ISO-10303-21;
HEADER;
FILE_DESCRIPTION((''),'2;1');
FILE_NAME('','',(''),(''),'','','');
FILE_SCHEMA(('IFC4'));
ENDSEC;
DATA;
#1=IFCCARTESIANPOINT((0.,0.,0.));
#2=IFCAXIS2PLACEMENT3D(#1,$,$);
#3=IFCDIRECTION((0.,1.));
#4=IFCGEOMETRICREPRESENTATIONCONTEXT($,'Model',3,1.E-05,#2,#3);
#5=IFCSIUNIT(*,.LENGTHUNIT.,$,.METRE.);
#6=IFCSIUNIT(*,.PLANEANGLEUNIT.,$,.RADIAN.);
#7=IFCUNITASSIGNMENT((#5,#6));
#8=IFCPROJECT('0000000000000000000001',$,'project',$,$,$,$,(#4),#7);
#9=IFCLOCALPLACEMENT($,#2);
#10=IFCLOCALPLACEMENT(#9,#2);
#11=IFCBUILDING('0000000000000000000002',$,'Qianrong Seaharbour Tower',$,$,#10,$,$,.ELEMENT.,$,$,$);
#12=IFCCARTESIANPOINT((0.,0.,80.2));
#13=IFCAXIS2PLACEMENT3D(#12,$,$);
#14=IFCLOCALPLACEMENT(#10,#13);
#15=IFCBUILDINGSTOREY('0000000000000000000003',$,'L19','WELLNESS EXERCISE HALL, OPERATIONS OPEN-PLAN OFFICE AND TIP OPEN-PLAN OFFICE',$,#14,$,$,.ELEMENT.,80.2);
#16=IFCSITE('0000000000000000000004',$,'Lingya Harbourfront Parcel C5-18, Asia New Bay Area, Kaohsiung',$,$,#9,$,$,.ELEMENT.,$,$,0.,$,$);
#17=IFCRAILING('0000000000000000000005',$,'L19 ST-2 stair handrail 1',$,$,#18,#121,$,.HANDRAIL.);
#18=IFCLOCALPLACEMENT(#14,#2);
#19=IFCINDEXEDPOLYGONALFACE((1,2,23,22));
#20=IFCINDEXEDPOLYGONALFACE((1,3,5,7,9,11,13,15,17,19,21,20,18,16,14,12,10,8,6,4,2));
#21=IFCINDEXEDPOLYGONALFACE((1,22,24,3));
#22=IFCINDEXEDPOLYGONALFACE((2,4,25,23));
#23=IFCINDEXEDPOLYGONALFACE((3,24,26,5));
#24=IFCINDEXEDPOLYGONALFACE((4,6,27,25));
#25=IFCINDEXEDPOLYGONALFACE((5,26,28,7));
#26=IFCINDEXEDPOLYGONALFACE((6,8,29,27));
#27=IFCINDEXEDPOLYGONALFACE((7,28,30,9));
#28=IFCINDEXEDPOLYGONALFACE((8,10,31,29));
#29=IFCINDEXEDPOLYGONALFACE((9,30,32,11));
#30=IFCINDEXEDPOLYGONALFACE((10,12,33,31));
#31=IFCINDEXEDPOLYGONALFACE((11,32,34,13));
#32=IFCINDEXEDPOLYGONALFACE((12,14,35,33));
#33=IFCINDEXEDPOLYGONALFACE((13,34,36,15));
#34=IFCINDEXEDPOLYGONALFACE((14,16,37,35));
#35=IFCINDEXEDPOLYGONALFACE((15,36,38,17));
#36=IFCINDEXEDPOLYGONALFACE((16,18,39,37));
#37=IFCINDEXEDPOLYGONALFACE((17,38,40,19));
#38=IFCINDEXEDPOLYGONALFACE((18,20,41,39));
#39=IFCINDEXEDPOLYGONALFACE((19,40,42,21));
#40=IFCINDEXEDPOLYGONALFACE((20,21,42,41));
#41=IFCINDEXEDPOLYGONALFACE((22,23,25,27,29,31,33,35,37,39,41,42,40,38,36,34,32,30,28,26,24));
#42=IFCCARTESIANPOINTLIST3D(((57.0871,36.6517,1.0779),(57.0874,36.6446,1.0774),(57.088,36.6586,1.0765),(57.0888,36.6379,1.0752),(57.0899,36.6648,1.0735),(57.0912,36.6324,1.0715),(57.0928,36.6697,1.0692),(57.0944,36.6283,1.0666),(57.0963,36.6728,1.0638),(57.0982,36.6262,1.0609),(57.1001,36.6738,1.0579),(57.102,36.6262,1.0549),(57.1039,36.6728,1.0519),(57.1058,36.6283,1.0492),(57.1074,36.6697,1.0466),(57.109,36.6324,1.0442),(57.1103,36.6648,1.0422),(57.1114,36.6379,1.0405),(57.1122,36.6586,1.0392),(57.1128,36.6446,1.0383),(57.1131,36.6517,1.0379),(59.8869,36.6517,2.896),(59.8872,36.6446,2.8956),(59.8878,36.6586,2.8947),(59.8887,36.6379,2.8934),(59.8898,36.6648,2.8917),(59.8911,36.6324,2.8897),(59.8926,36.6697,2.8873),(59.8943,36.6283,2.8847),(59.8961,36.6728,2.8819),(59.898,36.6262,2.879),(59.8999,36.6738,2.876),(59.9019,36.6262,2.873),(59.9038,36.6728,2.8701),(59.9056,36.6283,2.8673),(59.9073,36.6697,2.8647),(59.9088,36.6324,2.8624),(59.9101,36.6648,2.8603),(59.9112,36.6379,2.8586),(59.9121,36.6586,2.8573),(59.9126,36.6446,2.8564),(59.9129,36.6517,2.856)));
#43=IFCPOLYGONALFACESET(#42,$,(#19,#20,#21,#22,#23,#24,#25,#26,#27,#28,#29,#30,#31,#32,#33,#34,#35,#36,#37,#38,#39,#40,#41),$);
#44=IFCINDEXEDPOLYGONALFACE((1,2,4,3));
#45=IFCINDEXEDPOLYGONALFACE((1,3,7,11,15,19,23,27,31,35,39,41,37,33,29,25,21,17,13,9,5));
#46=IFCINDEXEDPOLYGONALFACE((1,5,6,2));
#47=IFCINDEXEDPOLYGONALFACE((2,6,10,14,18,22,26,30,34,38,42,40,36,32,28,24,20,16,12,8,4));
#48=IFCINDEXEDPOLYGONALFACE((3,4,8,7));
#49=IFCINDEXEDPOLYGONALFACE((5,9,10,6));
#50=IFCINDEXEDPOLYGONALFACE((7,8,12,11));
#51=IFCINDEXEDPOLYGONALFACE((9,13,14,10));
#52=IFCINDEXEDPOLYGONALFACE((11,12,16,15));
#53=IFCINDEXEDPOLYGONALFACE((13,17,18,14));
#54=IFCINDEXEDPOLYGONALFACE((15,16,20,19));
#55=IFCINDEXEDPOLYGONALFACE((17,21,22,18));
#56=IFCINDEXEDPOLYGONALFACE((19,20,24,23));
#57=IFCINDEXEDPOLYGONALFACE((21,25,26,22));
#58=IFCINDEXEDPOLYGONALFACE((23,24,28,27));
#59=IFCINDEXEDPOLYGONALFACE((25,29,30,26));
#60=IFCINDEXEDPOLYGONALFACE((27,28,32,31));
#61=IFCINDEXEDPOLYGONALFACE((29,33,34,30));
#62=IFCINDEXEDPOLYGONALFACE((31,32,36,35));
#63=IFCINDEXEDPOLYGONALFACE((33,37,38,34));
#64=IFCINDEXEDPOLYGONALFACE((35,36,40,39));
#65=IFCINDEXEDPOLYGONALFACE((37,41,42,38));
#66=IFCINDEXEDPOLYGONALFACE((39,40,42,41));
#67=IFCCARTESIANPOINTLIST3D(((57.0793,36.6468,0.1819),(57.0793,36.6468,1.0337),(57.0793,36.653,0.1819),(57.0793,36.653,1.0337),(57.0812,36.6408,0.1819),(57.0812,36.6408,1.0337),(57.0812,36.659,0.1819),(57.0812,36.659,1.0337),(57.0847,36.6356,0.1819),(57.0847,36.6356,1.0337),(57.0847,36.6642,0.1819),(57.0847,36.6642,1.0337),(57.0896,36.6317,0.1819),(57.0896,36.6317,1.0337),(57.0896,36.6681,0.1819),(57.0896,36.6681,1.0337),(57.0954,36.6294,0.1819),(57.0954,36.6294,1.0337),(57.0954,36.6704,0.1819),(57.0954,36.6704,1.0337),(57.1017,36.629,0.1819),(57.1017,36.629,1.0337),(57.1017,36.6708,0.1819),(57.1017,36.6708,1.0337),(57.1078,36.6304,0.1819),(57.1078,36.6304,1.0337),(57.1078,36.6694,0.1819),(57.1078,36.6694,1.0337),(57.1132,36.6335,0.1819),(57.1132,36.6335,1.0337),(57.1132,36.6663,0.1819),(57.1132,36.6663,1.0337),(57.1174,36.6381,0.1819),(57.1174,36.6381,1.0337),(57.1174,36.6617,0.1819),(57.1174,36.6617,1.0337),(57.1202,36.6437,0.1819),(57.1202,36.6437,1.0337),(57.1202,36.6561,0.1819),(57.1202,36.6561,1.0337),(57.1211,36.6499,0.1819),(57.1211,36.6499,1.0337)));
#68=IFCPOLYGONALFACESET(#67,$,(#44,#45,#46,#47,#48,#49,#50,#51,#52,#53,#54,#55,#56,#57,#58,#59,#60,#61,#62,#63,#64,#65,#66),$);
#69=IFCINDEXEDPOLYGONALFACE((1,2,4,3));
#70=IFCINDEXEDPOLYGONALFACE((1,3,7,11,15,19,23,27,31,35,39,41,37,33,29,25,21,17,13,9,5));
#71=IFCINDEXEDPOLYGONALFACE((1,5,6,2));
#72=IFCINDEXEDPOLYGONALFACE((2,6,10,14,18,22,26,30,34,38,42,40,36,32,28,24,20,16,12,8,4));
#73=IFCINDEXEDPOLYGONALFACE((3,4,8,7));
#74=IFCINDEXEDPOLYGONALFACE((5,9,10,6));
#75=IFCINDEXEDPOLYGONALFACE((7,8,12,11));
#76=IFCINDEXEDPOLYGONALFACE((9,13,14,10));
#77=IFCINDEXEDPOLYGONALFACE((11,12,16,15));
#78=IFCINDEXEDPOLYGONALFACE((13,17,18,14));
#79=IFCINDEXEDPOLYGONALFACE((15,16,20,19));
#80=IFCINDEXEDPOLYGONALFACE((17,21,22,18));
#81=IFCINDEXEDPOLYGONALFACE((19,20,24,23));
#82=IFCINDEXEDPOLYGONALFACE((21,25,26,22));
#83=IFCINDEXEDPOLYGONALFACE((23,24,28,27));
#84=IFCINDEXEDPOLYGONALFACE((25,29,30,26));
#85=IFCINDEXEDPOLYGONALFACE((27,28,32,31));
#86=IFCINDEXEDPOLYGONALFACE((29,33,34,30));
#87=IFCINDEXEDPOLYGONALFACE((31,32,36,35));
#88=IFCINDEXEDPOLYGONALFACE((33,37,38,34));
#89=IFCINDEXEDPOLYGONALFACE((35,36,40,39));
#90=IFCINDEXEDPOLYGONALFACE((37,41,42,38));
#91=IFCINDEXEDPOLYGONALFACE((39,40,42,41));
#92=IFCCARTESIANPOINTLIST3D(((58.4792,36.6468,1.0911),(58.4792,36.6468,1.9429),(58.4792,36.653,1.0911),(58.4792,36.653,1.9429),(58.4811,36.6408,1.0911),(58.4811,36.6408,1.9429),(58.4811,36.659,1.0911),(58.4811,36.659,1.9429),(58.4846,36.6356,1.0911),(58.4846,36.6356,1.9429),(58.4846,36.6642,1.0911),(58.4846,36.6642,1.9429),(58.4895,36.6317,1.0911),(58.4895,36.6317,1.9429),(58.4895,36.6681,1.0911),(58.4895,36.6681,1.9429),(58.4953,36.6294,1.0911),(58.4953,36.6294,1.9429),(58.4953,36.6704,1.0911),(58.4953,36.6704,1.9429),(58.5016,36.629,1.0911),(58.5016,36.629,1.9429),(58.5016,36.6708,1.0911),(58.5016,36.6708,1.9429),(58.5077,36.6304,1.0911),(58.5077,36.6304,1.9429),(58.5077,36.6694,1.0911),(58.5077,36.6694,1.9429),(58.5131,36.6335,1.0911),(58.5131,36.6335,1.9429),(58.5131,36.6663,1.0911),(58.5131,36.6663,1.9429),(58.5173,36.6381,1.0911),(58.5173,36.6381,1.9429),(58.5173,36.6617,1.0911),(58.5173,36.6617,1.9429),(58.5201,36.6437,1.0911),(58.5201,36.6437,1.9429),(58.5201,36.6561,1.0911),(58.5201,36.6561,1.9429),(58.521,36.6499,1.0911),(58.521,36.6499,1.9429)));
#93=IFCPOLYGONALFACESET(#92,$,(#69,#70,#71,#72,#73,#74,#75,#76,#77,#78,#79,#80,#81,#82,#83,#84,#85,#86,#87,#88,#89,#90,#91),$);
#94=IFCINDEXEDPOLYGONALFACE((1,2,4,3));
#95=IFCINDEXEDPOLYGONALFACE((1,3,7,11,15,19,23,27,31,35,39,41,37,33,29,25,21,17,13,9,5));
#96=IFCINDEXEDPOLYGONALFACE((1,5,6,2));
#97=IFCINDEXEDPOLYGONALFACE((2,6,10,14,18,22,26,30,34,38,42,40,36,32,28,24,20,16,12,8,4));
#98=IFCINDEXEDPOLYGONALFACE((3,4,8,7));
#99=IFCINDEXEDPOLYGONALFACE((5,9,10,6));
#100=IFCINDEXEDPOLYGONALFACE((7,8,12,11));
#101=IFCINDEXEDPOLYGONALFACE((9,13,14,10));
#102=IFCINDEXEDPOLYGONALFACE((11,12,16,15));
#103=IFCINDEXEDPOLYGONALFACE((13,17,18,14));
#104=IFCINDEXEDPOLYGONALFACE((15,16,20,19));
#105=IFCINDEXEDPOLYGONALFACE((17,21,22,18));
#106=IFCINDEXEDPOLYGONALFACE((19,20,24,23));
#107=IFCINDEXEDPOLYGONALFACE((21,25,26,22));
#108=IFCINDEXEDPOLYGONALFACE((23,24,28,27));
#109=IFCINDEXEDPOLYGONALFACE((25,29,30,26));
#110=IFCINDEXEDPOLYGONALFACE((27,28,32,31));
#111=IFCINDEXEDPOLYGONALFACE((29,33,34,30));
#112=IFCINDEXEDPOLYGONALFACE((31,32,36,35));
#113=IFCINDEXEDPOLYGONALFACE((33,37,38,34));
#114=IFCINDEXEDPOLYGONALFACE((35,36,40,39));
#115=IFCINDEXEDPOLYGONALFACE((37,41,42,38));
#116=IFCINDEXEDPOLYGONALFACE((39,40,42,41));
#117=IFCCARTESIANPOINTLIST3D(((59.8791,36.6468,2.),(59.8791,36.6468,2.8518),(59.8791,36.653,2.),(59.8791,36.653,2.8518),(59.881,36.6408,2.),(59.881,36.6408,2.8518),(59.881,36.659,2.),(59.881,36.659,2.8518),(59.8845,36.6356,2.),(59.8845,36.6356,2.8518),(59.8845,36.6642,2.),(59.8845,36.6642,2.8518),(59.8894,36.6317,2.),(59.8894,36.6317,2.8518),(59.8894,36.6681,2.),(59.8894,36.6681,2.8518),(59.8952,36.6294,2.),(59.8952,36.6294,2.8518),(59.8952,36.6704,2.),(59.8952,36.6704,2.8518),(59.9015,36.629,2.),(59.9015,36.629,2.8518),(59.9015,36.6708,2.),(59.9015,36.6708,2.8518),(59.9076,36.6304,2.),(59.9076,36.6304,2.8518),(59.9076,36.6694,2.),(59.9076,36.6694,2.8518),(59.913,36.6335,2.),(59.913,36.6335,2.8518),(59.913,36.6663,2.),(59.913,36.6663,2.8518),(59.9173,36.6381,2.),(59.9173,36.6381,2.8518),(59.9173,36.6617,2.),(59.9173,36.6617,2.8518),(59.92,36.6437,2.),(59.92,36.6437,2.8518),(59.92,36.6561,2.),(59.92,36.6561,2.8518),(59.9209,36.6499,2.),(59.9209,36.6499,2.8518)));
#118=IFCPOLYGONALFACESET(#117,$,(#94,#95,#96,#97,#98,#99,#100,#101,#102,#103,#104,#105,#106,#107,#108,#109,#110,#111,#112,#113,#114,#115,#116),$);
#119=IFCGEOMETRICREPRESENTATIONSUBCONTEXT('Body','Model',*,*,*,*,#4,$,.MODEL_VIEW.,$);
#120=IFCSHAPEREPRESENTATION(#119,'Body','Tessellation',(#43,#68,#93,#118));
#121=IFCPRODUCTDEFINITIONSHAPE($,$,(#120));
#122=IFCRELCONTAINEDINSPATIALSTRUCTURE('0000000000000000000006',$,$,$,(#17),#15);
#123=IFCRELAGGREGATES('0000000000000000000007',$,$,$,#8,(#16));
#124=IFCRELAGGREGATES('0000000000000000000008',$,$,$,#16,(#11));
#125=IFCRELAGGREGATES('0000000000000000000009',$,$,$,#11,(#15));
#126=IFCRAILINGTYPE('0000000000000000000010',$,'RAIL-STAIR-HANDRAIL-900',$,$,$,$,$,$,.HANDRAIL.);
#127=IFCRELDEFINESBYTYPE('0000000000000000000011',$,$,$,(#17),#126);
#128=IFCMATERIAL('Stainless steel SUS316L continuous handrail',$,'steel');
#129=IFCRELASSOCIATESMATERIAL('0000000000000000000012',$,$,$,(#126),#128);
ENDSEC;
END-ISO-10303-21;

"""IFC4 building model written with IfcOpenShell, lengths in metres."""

from ifc_helpers import new_model, si_unit, direction, frame, origin, origin_2d, place, context, subcontext, project, spatial, circle, extrude, material, type_object, element, save


model = new_model("IFC4")

# Units and contexts
model_context = context("Model", 3, precision=1e-05, world=origin(), true_north=direction((0.0, 1.0)))
body_context = subcontext(model_context, "Body", "Model", "MODEL_VIEW")
ifc_project = project(units=[si_unit("LENGTHUNIT", "METRE"), si_unit("PLANEANGLEUNIT", "RADIAN")], contexts=[model_context])

# Site, building, storey
site_placement = place(None, origin())
site = spatial("IfcSite", under=ifc_project, at=site_placement, Name="Lingya Harbourfront Parcel C5-18, Asia New Bay Area, Kaohsiung", CompositionType="ELEMENT", RefElevation=0.0)
building_placement = place(site_placement, origin())
building = spatial("IfcBuilding", under=site, at=building_placement, Name="Qianrong Seaharbour Tower", CompositionType="ELEMENT")
storey_placement = place(building_placement, frame((0.0, 0.0, 80.2)))
storey = spatial("IfcBuildingStorey", under=building, at=storey_placement, Name="L19", Description="WELLNESS EXERCISE HALL, OPERATIONS OPEN-PLAN OFFICE AND TIP OPEN-PLAN OFFICE", CompositionType="ELEMENT", Elevation=80.2)

# Railing
ifc_material_1 = material(Name="Stainless steel SUS316L continuous handrail", Category="steel")
railing_type_1 = type_object("IfcRailingType", Name="RAIL-STAIR-HANDRAIL-900", PredefinedType="HANDRAIL", material=ifc_material_1)
railing_1_placement = place(storey_placement, frame((57.1001, 36.6499, 0.1819)))
element("IfcRailing", 1, at=railing_1_placement, inside=storey, type_object=railing_type_1, Name="L19 ST-2 stair handrail 1", PredefinedType="HANDRAIL", context=body_context, shape_type="SweptSolid", body=[
    extrude(circle(Radius=0.0239, at=origin_2d()), frame((0.0, 0.0, 0.876), z_axis=(0.838684, 0.0, 0.544618), x_axis=(0.0, 1.0, 0.0)), (0.0, 0.0, 1.0), 3.3384),
    extrude(circle(Radius=0.021, at=origin_2d()), origin(), (0.0, 0.0, 1.0), 0.8518),
    extrude(circle(Radius=0.021, at=origin_2d()), frame((1.3999, 0.0, 0.9092)), (0.0, 0.0, 1.0), 0.8518),
    extrude(circle(Radius=0.021, at=origin_2d()), frame((2.7998, 0.0, 1.8181)), (0.0, 0.0, 1.0), 0.8518),
])

save(model, "model.ifc")
